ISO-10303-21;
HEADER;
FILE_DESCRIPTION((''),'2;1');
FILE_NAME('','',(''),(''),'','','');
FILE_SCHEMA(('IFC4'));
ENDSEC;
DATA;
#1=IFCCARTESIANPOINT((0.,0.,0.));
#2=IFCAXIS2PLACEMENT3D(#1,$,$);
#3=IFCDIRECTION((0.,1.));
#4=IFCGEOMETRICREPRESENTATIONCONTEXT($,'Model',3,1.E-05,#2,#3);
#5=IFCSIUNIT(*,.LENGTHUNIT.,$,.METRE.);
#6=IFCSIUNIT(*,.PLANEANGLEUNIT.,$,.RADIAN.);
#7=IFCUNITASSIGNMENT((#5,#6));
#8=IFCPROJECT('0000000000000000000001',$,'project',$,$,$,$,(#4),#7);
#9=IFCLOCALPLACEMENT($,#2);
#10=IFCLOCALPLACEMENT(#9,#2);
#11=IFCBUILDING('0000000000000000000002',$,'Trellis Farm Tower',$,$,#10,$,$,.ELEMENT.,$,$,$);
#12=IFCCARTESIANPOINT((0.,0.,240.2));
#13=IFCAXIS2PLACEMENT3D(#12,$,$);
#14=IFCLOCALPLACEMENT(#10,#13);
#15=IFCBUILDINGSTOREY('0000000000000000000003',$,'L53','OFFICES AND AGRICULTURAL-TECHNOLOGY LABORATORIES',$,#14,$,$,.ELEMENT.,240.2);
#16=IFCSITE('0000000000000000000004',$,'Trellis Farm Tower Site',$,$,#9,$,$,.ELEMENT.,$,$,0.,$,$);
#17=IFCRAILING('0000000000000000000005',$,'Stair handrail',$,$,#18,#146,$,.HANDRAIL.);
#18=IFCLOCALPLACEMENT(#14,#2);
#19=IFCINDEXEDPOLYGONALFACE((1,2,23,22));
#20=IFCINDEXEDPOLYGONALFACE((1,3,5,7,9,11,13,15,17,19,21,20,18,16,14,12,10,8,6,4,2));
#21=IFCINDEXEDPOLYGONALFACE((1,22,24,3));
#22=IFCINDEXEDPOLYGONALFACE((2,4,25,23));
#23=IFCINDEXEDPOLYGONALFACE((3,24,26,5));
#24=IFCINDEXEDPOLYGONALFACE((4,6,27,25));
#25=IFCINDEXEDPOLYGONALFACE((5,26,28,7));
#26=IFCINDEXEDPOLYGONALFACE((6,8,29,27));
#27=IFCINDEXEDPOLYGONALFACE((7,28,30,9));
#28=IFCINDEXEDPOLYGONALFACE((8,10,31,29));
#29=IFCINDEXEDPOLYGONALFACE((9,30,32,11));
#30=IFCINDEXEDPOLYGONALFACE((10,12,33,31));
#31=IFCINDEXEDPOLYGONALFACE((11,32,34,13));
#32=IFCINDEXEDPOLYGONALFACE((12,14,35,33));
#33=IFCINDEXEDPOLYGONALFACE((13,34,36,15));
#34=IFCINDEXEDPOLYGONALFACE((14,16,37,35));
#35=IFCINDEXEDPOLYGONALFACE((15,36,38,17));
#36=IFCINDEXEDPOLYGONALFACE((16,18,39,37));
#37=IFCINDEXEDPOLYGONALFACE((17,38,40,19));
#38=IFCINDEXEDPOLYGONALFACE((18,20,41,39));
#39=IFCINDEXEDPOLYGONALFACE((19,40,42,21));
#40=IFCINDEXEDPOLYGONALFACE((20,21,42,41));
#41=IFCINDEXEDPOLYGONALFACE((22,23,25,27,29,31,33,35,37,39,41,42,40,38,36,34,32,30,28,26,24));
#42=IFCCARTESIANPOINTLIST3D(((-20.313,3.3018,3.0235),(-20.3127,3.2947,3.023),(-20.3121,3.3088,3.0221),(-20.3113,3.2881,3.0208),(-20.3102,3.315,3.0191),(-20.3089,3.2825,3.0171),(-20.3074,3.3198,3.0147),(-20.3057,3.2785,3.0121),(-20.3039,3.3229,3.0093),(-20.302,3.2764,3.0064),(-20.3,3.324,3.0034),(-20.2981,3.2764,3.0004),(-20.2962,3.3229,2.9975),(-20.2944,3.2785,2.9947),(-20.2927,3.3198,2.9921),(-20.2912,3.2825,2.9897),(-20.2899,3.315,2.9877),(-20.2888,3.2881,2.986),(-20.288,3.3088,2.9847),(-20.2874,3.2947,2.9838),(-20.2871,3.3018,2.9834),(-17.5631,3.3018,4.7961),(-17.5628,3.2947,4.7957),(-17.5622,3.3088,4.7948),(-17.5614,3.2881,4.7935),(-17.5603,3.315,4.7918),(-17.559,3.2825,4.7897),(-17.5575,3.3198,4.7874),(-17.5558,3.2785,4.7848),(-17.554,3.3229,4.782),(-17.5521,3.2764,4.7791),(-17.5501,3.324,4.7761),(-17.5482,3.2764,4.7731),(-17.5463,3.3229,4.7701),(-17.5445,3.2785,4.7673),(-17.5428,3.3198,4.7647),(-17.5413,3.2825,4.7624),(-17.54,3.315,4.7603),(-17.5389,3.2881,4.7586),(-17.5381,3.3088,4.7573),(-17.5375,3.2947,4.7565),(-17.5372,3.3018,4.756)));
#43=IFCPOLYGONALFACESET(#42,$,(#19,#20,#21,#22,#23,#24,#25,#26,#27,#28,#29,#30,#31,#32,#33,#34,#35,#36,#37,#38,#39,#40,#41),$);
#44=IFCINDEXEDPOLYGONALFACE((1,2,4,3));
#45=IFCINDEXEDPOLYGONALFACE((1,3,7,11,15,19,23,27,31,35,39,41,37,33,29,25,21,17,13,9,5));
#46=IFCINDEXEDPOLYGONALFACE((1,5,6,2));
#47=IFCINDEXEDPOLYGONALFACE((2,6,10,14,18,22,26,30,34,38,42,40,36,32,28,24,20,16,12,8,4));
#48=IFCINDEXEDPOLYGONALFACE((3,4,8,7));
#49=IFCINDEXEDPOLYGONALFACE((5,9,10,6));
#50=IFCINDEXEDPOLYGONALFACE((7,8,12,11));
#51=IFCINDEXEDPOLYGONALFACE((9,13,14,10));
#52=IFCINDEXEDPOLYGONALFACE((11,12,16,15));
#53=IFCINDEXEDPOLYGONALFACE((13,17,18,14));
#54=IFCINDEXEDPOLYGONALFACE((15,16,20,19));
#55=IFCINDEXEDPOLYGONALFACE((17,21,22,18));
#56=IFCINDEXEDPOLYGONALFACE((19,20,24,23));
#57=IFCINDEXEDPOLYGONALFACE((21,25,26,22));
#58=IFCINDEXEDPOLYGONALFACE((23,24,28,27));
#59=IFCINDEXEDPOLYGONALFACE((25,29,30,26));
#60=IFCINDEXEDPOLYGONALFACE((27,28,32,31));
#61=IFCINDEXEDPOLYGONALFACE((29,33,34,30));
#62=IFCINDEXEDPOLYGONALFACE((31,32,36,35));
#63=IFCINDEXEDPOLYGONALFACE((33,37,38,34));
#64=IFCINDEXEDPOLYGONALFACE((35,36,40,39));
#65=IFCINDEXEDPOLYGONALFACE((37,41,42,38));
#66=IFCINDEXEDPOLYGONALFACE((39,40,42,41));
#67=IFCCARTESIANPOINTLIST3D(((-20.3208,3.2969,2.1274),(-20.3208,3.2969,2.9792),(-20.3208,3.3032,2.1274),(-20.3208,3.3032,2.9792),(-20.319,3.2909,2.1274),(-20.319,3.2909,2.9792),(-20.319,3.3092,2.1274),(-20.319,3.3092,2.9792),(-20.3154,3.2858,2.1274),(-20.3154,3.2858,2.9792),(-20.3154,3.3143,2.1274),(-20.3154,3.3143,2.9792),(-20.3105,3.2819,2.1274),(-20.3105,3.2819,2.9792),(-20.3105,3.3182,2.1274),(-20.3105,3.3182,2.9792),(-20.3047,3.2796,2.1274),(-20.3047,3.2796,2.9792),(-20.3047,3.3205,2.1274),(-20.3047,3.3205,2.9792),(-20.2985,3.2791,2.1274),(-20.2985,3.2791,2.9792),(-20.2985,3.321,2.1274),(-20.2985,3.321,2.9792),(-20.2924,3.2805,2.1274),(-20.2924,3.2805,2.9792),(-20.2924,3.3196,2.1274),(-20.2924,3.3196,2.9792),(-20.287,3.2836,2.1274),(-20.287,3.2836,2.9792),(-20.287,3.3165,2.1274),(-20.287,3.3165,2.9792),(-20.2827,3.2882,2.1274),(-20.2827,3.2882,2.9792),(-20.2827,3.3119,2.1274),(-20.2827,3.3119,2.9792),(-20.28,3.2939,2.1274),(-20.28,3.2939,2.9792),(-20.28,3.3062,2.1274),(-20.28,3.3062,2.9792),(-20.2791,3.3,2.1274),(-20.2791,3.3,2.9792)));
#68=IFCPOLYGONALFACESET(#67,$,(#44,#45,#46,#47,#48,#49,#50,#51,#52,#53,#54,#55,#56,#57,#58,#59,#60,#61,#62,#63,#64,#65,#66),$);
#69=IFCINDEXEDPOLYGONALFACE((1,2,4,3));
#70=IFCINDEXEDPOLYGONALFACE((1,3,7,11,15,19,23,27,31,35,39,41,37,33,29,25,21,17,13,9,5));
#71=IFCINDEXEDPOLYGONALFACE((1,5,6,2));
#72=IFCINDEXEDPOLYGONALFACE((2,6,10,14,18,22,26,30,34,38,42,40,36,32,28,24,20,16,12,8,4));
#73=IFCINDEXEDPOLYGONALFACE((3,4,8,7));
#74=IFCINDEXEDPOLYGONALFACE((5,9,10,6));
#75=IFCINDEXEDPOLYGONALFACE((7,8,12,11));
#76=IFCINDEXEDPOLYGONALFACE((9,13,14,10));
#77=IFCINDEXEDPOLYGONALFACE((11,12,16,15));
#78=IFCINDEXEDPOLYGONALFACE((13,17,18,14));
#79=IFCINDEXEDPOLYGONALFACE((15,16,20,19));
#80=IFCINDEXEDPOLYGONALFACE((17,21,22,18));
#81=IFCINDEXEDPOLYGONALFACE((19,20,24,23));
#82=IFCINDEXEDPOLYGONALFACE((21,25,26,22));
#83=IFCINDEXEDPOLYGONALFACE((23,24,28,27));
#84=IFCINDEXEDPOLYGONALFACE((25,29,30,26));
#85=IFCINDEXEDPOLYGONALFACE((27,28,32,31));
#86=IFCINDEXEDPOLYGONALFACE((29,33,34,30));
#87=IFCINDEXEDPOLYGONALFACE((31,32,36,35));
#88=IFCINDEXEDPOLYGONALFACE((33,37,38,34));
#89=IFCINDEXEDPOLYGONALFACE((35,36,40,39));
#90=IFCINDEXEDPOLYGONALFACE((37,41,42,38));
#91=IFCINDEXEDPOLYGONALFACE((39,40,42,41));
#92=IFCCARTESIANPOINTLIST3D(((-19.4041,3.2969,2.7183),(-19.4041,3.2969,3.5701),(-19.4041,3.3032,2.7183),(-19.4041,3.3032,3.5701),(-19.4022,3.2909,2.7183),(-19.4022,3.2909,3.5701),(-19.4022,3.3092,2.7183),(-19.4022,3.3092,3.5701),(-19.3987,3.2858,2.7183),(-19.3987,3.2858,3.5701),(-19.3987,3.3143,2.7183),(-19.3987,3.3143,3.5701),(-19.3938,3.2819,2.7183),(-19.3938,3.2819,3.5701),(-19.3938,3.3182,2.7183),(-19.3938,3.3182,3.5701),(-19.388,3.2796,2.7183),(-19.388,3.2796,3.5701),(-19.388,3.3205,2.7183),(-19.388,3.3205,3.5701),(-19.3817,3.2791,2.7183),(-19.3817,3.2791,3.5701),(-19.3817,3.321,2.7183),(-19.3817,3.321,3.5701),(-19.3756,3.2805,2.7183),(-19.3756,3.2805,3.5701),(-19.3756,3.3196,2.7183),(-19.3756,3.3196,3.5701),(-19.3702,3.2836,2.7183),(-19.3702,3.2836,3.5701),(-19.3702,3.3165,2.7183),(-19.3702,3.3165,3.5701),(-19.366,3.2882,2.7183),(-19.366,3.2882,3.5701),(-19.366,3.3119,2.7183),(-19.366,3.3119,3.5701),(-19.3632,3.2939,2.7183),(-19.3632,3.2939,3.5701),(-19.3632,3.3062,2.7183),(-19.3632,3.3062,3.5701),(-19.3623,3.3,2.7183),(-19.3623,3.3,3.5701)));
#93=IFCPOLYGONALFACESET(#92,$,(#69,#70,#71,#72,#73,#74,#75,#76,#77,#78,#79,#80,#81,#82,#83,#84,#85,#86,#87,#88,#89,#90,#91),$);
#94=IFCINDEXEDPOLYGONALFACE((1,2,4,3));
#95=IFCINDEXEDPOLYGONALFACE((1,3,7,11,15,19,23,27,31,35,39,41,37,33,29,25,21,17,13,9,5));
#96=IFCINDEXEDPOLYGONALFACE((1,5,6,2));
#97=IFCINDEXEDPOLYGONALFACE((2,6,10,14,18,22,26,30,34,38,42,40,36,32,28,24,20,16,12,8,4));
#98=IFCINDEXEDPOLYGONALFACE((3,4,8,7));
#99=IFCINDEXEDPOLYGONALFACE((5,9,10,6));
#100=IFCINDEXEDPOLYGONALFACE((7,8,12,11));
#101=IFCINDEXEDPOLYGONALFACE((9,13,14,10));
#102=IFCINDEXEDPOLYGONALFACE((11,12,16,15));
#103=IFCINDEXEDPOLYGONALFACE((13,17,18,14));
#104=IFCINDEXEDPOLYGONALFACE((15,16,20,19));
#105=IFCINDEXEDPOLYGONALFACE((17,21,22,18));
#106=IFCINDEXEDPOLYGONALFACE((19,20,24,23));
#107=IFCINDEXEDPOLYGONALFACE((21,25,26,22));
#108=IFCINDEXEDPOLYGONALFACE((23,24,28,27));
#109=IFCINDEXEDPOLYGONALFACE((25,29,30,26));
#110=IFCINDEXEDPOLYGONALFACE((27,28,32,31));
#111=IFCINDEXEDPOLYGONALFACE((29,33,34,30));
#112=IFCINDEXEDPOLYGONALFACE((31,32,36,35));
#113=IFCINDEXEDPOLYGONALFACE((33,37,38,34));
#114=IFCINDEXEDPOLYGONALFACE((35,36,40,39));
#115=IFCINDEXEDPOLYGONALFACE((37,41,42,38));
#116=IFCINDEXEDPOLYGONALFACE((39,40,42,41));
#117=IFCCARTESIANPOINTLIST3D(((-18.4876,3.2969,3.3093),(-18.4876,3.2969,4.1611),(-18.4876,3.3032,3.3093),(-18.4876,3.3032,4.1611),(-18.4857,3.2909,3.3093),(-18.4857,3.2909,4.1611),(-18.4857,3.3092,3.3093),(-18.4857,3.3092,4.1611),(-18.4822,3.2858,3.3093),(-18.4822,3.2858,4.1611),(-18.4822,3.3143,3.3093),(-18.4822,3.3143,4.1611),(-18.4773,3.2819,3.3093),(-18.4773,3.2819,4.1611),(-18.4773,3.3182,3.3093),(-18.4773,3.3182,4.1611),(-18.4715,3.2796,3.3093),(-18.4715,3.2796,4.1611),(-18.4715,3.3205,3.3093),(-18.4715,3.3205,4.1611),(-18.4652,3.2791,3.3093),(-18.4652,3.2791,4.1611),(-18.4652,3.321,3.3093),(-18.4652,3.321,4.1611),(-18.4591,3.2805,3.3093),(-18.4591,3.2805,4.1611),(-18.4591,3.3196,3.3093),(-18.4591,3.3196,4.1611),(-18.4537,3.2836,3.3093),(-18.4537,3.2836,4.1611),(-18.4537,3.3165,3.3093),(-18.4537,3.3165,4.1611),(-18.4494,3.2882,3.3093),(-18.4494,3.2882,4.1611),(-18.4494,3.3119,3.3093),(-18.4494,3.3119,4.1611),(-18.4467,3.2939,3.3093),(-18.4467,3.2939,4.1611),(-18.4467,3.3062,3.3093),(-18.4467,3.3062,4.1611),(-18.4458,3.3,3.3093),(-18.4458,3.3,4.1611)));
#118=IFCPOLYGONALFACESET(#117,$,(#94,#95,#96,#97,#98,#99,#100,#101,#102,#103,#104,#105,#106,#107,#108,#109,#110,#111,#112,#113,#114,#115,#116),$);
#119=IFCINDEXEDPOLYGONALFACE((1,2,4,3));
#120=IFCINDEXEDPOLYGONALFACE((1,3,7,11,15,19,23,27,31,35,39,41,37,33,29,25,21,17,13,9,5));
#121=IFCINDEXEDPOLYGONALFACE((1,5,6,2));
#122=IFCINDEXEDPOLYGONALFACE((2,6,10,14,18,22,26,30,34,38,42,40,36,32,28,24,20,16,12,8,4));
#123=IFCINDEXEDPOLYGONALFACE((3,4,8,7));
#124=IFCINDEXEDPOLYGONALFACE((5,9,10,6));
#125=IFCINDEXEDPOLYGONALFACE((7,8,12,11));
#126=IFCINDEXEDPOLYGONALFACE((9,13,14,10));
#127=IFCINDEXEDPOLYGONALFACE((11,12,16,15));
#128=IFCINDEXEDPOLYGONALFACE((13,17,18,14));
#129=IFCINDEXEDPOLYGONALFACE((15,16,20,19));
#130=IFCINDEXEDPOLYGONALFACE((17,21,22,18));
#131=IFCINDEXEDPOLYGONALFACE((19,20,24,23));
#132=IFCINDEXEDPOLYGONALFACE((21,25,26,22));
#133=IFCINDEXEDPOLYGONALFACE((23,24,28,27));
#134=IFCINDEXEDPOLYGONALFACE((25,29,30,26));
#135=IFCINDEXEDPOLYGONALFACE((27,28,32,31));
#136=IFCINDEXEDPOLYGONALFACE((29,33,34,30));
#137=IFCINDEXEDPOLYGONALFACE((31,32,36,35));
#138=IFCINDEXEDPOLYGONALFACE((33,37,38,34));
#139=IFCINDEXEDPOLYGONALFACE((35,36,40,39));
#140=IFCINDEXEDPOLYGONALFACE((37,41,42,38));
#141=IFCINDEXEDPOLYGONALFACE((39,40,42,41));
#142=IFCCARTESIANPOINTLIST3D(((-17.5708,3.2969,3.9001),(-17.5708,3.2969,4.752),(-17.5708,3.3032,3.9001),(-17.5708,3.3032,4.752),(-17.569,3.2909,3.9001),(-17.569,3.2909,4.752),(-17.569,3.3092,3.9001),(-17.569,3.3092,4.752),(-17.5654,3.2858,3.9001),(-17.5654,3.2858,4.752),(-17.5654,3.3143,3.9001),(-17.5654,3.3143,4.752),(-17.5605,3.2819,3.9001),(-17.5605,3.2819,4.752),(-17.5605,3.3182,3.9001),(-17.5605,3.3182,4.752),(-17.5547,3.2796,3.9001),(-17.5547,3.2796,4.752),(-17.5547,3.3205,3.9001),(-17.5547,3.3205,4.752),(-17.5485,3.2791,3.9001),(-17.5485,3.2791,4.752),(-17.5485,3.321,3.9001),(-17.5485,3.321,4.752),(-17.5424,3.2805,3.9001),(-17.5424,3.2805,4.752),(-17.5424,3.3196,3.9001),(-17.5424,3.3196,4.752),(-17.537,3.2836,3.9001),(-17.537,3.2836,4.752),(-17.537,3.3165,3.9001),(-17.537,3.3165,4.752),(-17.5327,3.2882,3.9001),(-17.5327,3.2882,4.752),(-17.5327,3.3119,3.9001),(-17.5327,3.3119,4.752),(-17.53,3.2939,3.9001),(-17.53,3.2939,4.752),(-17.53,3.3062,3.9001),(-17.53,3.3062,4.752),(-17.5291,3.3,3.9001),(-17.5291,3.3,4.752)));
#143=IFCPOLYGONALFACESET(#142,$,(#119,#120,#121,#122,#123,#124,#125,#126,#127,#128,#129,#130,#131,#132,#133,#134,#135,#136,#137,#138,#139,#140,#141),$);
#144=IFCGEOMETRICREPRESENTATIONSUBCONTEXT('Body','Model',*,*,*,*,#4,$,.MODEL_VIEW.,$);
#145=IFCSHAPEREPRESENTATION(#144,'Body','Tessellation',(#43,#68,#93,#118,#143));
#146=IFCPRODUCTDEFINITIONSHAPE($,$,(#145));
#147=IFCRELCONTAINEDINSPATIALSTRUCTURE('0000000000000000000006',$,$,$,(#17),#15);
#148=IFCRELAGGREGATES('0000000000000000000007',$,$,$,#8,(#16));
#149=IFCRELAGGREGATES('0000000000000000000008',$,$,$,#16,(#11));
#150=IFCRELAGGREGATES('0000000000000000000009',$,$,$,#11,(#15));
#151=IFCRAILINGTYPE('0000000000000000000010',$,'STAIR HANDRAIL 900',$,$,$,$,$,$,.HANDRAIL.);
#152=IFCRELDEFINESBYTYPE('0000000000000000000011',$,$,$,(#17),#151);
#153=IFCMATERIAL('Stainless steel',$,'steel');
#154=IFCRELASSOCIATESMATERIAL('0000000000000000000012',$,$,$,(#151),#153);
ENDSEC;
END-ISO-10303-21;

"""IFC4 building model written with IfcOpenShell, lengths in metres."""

from ifc_helpers import new_model, si_unit, direction, frame, origin, origin_2d, place, context, subcontext, project, spatial, circle, extrude, source, transform, mapped, material, type_object, element, save


model = new_model("IFC4")

# Units and contexts
model_context = context("Model", 3, precision=1e-05, world=origin(), true_north=direction((0.0, 1.0)))
body_context = subcontext(model_context, "Body", "Model", "MODEL_VIEW")
ifc_project = project(units=[si_unit("LENGTHUNIT", "METRE"), si_unit("PLANEANGLEUNIT", "RADIAN")], contexts=[model_context])

# Site, building, storey
site_placement = place(None, origin())
site = spatial("IfcSite", under=ifc_project, at=site_placement, Name="Trellis Farm Tower Site", CompositionType="ELEMENT", RefElevation=0.0)
building_placement = place(site_placement, origin())
building = spatial("IfcBuilding", under=site, at=building_placement, Name="Trellis Farm Tower", CompositionType="ELEMENT")
storey_placement = place(building_placement, frame((0.0, 0.0, 240.2)))
storey = spatial("IfcBuildingStorey", under=building, at=storey_placement, Name="L53", Description="OFFICES AND AGRICULTURAL-TECHNOLOGY LABORATORIES", CompositionType="ELEMENT", Elevation=240.2)

# Railing
ifc_material_1 = material(Name="Stainless steel", Category="steel")
railing_type = type_object("IfcRailingType", Name="STAIR HANDRAIL 900", PredefinedType="HANDRAIL", material=ifc_material_1)
shared_shape_1 = source(origin(), body_context, "Body", "SweptSolid", [
    extrude(circle(Radius=0.0239, at=origin_2d()), frame((0.0, 0.0, 0.876), z_axis=(0.840504, 0.0, 0.541806), x_axis=(0.0, 1.0, 0.0)), (0.0, 0.0, 1.0), 3.2717),
    extrude(circle(Radius=0.021, at=origin_2d()), origin(), (0.0, 0.0, 1.0), 0.8518),
    extrude(circle(Radius=0.021, at=origin_2d()), frame((0.9167, 0.0, 0.5908)), (0.0, 0.0, 1.0), 0.8518),
    extrude(circle(Radius=0.021, at=origin_2d()), frame((1.8333, 0.0, 1.1819)), (0.0, 0.0, 1.0), 0.8518),
    extrude(circle(Radius=0.021, at=origin_2d()), frame((2.75, 0.0, 1.7727)), (0.0, 0.0, 1.0), 0.8518),
])
for number, where, name in (
    (1, (-20.3, 3.3, 2.1274), "Stair handrail"),
):
    element("IfcRailing", number, at=place(storey_placement, frame(where)), inside=storey, type_object=railing_type, Name=name, PredefinedType="HANDRAIL", context=body_context, shape_type="MappedRepresentation", body=[
        mapped(shared_shape_1, transform((0.0, 0.0, 0.0))),
    ])

save(model, "model.ifc")
